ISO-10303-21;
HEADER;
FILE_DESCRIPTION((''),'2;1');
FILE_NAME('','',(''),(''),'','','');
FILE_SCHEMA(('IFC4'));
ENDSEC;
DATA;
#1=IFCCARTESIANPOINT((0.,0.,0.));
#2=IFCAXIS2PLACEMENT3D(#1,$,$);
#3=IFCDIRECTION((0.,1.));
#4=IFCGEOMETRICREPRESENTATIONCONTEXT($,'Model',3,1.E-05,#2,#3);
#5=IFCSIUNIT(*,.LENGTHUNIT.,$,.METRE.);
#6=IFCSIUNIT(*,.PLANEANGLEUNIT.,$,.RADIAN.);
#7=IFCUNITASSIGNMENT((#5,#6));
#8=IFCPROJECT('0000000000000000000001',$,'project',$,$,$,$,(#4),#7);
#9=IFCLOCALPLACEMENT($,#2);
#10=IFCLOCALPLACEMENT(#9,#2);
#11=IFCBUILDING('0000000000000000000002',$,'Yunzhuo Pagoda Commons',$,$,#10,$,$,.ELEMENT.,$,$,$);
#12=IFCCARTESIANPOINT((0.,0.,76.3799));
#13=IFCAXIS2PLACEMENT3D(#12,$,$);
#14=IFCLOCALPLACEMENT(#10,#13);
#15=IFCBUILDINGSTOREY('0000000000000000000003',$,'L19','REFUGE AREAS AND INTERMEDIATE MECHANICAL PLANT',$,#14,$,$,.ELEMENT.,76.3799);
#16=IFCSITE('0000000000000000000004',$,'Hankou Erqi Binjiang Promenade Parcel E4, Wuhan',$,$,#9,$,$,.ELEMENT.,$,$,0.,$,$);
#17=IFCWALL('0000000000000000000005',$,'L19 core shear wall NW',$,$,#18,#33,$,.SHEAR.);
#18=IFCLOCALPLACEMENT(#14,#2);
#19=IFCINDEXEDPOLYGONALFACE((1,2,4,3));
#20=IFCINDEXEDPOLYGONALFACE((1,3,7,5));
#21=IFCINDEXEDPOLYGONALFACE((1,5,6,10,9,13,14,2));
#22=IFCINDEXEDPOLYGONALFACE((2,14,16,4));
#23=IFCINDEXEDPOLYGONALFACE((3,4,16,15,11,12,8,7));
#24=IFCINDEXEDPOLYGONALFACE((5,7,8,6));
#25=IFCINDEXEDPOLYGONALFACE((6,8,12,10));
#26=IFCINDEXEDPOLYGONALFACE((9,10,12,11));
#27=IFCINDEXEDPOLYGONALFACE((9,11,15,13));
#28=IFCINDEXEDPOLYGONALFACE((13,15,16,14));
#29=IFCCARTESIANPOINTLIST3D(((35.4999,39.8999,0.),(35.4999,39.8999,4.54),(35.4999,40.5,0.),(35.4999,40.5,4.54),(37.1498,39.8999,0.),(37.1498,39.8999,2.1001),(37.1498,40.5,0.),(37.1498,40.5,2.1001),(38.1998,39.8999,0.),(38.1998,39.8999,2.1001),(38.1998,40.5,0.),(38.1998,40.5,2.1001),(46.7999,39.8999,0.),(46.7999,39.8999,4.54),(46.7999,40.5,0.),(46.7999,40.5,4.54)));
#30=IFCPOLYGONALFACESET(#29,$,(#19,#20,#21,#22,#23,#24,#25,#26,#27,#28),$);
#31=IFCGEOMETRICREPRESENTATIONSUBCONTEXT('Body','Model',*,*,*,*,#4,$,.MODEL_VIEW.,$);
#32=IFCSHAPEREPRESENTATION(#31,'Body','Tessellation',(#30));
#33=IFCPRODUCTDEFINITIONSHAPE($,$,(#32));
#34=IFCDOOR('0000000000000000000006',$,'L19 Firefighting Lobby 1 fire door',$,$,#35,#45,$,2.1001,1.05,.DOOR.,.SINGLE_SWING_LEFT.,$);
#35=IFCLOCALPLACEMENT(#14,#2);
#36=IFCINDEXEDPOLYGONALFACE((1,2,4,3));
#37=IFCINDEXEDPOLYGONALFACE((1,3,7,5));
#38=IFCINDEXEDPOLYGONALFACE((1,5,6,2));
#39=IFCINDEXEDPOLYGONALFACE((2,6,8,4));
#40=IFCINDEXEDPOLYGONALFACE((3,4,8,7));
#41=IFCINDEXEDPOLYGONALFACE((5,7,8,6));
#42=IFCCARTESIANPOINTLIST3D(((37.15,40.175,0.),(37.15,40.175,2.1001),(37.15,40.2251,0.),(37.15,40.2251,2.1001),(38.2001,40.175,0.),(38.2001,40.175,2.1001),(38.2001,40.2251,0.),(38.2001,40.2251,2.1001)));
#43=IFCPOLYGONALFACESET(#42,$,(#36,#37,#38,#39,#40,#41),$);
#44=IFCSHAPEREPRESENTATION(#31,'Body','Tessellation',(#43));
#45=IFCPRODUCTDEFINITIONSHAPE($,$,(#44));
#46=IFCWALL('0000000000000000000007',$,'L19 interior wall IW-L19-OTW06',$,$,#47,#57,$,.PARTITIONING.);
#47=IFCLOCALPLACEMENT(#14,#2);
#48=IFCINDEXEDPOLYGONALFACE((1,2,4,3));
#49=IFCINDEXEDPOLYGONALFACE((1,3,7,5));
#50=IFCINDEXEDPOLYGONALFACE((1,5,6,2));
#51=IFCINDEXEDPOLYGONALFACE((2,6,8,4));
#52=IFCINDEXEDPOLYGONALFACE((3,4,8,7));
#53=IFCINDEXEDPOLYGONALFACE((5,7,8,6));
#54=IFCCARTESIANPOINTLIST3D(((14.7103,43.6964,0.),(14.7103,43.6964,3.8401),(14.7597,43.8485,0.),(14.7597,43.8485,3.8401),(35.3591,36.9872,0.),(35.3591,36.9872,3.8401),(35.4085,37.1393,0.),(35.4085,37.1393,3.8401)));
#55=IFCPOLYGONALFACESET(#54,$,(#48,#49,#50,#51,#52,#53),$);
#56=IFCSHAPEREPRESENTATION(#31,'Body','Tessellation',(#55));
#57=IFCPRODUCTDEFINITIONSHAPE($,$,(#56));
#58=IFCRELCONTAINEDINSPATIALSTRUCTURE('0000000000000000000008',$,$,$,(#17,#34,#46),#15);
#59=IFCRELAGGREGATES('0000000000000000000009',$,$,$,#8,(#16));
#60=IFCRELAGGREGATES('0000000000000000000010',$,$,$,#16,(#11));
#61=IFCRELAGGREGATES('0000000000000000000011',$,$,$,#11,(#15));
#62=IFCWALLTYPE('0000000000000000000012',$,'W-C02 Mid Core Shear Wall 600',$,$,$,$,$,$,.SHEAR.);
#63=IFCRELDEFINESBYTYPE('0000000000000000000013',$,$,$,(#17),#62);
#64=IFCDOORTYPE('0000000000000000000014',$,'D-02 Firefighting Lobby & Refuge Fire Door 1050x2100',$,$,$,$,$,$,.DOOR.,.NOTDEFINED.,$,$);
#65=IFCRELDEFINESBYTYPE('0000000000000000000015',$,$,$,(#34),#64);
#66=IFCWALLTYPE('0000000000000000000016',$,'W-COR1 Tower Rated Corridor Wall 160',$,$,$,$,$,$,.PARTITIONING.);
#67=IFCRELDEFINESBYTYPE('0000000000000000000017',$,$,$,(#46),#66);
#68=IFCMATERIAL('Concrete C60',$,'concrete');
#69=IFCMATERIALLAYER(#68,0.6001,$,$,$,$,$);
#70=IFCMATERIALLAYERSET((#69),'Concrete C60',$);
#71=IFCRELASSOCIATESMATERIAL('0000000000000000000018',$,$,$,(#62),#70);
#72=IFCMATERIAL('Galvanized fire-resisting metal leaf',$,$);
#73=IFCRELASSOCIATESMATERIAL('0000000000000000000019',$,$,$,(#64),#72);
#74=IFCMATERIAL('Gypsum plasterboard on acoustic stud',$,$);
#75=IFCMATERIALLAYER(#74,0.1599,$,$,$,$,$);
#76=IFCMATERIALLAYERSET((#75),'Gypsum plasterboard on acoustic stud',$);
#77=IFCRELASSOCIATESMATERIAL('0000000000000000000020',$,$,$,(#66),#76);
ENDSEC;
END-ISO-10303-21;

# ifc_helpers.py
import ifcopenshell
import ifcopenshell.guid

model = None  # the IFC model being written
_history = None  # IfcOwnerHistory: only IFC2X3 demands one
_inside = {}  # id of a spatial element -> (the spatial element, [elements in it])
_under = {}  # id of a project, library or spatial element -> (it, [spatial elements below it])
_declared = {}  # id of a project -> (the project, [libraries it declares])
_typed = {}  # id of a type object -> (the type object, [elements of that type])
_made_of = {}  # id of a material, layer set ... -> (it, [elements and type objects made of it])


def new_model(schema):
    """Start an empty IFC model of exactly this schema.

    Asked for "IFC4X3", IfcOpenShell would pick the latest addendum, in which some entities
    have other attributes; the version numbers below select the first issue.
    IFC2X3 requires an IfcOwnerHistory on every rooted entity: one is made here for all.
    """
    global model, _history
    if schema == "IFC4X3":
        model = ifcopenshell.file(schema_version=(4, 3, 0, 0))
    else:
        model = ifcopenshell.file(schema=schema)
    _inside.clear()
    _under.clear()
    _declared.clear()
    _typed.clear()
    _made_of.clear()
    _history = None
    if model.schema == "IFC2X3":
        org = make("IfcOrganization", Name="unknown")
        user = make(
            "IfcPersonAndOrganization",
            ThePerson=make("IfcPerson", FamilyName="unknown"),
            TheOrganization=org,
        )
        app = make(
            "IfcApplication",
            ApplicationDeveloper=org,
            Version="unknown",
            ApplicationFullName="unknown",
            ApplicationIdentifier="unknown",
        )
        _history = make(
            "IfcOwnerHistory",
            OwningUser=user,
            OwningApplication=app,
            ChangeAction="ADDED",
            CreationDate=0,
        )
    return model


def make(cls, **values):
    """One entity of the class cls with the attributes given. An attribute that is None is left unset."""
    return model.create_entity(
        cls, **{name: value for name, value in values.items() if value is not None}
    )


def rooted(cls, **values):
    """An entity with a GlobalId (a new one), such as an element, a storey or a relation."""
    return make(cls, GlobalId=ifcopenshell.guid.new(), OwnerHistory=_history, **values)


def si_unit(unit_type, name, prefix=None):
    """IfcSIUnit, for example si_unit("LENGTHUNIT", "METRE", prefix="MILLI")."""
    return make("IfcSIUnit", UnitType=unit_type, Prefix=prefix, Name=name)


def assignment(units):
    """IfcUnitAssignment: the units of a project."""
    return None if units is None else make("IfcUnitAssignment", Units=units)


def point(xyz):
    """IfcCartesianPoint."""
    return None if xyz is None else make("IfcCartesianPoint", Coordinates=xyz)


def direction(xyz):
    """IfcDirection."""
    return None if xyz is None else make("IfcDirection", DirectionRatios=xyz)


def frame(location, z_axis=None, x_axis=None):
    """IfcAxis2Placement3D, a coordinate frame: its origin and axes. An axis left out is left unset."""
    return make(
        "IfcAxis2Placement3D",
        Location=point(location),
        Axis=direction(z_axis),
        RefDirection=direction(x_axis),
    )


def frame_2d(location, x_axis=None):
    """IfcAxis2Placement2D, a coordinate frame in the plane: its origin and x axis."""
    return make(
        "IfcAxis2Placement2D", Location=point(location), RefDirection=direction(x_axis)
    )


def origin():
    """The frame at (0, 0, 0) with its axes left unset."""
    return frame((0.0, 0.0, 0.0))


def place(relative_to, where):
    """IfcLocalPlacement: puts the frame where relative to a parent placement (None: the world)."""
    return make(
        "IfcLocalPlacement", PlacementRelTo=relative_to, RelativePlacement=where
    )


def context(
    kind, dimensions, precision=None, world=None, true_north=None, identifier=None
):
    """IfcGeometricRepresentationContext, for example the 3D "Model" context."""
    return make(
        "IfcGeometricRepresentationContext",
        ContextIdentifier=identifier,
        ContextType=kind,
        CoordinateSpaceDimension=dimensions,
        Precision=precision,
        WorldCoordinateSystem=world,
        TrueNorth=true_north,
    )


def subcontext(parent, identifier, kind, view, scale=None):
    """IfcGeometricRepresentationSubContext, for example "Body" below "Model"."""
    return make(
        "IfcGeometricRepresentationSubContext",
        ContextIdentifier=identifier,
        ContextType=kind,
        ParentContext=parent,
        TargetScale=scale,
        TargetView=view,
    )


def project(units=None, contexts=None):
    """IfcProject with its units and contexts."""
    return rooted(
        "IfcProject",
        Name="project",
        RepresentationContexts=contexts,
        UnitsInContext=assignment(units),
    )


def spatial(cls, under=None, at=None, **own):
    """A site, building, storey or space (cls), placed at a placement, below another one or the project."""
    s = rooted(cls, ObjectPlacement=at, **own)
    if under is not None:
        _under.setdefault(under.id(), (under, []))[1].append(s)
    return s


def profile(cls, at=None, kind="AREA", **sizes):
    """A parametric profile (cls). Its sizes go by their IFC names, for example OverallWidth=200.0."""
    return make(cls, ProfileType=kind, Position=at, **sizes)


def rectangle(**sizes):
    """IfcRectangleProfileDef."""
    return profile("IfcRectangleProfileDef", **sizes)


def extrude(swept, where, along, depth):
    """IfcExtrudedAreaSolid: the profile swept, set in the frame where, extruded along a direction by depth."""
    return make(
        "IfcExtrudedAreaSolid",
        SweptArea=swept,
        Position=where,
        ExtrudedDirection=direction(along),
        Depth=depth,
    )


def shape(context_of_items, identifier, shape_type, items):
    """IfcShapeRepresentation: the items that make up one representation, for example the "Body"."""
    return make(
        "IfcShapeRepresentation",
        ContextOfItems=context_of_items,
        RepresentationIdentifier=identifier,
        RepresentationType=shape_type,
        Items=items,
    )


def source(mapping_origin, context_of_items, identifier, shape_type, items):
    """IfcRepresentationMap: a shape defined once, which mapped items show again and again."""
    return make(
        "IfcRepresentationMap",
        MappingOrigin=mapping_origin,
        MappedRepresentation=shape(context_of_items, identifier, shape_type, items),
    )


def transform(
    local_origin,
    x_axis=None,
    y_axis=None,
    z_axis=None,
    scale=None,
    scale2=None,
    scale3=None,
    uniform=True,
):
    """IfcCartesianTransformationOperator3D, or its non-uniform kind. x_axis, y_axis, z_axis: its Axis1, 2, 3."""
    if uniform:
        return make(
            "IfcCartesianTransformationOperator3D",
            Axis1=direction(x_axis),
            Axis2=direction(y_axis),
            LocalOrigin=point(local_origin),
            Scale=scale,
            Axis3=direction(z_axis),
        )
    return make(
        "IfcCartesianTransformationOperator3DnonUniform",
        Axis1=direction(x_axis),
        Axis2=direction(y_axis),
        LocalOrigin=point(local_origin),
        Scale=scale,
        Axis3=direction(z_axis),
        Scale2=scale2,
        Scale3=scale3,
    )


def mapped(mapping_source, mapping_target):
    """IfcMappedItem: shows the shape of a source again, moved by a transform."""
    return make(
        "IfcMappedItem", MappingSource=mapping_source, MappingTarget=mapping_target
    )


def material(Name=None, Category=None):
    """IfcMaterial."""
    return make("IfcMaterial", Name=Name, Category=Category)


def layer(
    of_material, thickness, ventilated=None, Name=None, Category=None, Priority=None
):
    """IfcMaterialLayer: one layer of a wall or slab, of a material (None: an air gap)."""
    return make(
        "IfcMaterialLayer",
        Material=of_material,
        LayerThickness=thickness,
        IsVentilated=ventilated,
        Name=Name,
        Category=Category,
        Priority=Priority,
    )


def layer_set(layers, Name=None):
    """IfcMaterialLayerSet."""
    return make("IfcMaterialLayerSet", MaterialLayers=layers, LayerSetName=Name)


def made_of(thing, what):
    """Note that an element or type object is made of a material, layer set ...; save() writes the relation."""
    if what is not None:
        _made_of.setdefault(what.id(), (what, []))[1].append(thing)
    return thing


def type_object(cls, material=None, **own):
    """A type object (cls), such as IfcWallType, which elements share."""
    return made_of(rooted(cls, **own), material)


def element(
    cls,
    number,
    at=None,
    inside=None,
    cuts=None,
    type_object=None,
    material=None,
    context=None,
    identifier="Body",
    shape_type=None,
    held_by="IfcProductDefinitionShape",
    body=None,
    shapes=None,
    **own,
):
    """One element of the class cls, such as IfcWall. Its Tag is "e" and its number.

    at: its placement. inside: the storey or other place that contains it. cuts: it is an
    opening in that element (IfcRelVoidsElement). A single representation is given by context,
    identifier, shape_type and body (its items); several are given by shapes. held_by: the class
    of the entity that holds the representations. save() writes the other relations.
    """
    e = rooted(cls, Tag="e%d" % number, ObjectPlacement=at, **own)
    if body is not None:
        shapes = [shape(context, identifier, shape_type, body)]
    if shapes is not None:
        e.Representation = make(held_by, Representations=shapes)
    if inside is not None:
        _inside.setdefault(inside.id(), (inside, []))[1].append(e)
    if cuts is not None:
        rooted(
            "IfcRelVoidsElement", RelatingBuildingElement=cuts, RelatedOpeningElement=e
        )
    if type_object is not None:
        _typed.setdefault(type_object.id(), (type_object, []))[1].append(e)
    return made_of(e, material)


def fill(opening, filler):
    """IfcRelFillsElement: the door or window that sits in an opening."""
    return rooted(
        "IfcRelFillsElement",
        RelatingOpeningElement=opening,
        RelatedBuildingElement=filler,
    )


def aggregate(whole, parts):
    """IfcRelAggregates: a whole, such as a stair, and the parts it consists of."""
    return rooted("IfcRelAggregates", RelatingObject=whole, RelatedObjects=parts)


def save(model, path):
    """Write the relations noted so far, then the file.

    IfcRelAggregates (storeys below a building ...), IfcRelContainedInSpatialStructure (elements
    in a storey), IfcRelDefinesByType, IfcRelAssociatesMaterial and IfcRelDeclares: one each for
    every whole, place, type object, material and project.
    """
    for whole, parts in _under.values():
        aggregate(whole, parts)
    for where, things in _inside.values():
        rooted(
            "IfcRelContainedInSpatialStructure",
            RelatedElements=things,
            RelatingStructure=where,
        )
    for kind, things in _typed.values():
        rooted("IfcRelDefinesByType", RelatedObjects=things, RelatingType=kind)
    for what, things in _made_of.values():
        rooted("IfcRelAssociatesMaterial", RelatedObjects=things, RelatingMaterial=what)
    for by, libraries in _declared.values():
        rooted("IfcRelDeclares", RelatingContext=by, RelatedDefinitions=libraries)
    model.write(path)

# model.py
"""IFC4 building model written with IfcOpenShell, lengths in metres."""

from ifc_helpers import new_model, si_unit, direction, frame, frame_2d, origin, place, context, subcontext, project, spatial, rectangle, extrude, source, transform, mapped, material, layer, layer_set, type_object, element, fill, save


model = new_model("IFC4")

# Units and contexts
model_context = context("Model", 3, precision=1e-05, world=origin(), true_north=direction((0.0, 1.0)))
body_context = subcontext(model_context, "Body", "Model", "MODEL_VIEW")
ifc_project = project(units=[si_unit("LENGTHUNIT", "METRE"), si_unit("PLANEANGLEUNIT", "RADIAN")], contexts=[model_context])

# Site, building, storey
site_placement = place(None, origin())
site = spatial("IfcSite", under=ifc_project, at=site_placement, Name="Hankou Erqi Binjiang Promenade Parcel E4, Wuhan", CompositionType="ELEMENT", RefElevation=0.0)
building_placement = place(site_placement, origin())
building = spatial("IfcBuilding", under=site, at=building_placement, Name="Yunzhuo Pagoda Commons", CompositionType="ELEMENT")
storey_placement = place(building_placement, frame((0.0, 0.0, 76.3799)))
storey = spatial("IfcBuildingStorey", under=building, at=storey_placement, Name="L19", Description="REFUGE AREAS AND INTERMEDIATE MECHANICAL PLANT", CompositionType="ELEMENT", Elevation=76.3799)

# Wall, opening, door
ifc_material_1 = material(Name="Concrete C60", Category="concrete")
ifc_layer_1 = layer(ifc_material_1, 0.6001)
ifc_layer_set_1 = layer_set([ifc_layer_1], Name="Concrete C60")
wall_type_1 = type_object("IfcWallType", Name="W-C02 Mid Core Shear Wall 600", PredefinedType="SHEAR", material=ifc_layer_set_1)
wall_1_placement = place(storey_placement, frame((35.5, 40.2, 0.0), z_axis=(0.0, 0.0, 1.0), x_axis=(1.0, 0.0, 0.0)))
wall_1 = element("IfcWall", 1, at=wall_1_placement, inside=storey, type_object=wall_type_1, Name="L19 core shear wall NW", PredefinedType="SHEAR", context=body_context, shape_type="SweptSolid", body=[
    extrude(rectangle(XDim=11.3, YDim=0.6001, at=frame_2d((5.6499, 0.0))), origin(), (0.0, 0.0, 1.0), 4.54),
])
opening_placement = place(wall_1_placement, frame((1.6499, 0.0, 0.0)))
opening = element("IfcOpeningElement", 2, at=opening_placement, cuts=wall_1, PredefinedType="OPENING", context=body_context, shape_type="SweptSolid", body=[
    extrude(rectangle(XDim=1.05, YDim=2.1001, at=frame_2d((0.5249, 1.05))), frame((0.0, 0.3101, 0.0), z_axis=(0.0, -1.0, 0.0), x_axis=(1.0, 0.0, 0.0)), (0.0, 0.0, 1.0), 0.6201),
])
ifc_material_2 = material(Name="Galvanized fire-resisting metal leaf")
door_type = type_object("IfcDoorType", Name="D-02 Firefighting Lobby & Refuge Fire Door 1050x2100", OperationType="NOTDEFINED", PredefinedType="DOOR", material=ifc_material_2)
shared_shape_1 = source(origin(), body_context, "Body", "SweptSolid", [
    extrude(rectangle(XDim=1.05, YDim=2.1001, at=frame_2d((0.5249, 1.05))), frame((0.0, 0.0249, 0.0), z_axis=(0.0, -1.0, 0.0), x_axis=(1.0, 0.0, 0.0)), (0.0, 0.0, 1.0), 0.05),
])
door_placement = place(opening_placement, frame((1.05, 0.0, 0.0), z_axis=(0.0, 0.0, 1.0), x_axis=(-1.0, 0.0, 0.0)))
door = element("IfcDoor", 3, at=door_placement, inside=storey, type_object=door_type, Name="L19 Firefighting Lobby 1 fire door", OperationType="SINGLE_SWING_LEFT", OverallHeight=2.1001, OverallWidth=1.05, PredefinedType="DOOR", context=body_context, shape_type="MappedRepresentation", body=[
    mapped(shared_shape_1, transform((0.0, 0.0, 0.0), scale=1.0)),
])
fill(opening, door)

# Wall
ifc_material_3 = material(Name="Gypsum plasterboard on acoustic stud")
ifc_layer_2 = layer(ifc_material_3, 0.1599)
ifc_layer_set_2 = layer_set([ifc_layer_2], Name="Gypsum plasterboard on acoustic stud")
wall_type_2 = type_object("IfcWallType", Name="W-COR1 Tower Rated Corridor Wall 160", PredefinedType="PARTITIONING", material=ifc_layer_set_2)
wall_2_placement = place(storey_placement, frame((35.3838, 37.0632, 0.0), z_axis=(0.0, 0.0, 1.0), x_axis=(-0.951056, 0.30902, 0.0)))
element("IfcWall", 4, at=wall_2_placement, inside=storey, type_object=wall_type_2, Name="L19 interior wall IW-L19-OTW06", PredefinedType="PARTITIONING", context=body_context, shape_type="SweptSolid", body=[
    extrude(rectangle(XDim=21.7114, YDim=0.1599, at=frame_2d((10.8557, 0.0))), origin(), (0.0, 0.0, 1.0), 3.8401),
])

save(model, "model.ifc")
